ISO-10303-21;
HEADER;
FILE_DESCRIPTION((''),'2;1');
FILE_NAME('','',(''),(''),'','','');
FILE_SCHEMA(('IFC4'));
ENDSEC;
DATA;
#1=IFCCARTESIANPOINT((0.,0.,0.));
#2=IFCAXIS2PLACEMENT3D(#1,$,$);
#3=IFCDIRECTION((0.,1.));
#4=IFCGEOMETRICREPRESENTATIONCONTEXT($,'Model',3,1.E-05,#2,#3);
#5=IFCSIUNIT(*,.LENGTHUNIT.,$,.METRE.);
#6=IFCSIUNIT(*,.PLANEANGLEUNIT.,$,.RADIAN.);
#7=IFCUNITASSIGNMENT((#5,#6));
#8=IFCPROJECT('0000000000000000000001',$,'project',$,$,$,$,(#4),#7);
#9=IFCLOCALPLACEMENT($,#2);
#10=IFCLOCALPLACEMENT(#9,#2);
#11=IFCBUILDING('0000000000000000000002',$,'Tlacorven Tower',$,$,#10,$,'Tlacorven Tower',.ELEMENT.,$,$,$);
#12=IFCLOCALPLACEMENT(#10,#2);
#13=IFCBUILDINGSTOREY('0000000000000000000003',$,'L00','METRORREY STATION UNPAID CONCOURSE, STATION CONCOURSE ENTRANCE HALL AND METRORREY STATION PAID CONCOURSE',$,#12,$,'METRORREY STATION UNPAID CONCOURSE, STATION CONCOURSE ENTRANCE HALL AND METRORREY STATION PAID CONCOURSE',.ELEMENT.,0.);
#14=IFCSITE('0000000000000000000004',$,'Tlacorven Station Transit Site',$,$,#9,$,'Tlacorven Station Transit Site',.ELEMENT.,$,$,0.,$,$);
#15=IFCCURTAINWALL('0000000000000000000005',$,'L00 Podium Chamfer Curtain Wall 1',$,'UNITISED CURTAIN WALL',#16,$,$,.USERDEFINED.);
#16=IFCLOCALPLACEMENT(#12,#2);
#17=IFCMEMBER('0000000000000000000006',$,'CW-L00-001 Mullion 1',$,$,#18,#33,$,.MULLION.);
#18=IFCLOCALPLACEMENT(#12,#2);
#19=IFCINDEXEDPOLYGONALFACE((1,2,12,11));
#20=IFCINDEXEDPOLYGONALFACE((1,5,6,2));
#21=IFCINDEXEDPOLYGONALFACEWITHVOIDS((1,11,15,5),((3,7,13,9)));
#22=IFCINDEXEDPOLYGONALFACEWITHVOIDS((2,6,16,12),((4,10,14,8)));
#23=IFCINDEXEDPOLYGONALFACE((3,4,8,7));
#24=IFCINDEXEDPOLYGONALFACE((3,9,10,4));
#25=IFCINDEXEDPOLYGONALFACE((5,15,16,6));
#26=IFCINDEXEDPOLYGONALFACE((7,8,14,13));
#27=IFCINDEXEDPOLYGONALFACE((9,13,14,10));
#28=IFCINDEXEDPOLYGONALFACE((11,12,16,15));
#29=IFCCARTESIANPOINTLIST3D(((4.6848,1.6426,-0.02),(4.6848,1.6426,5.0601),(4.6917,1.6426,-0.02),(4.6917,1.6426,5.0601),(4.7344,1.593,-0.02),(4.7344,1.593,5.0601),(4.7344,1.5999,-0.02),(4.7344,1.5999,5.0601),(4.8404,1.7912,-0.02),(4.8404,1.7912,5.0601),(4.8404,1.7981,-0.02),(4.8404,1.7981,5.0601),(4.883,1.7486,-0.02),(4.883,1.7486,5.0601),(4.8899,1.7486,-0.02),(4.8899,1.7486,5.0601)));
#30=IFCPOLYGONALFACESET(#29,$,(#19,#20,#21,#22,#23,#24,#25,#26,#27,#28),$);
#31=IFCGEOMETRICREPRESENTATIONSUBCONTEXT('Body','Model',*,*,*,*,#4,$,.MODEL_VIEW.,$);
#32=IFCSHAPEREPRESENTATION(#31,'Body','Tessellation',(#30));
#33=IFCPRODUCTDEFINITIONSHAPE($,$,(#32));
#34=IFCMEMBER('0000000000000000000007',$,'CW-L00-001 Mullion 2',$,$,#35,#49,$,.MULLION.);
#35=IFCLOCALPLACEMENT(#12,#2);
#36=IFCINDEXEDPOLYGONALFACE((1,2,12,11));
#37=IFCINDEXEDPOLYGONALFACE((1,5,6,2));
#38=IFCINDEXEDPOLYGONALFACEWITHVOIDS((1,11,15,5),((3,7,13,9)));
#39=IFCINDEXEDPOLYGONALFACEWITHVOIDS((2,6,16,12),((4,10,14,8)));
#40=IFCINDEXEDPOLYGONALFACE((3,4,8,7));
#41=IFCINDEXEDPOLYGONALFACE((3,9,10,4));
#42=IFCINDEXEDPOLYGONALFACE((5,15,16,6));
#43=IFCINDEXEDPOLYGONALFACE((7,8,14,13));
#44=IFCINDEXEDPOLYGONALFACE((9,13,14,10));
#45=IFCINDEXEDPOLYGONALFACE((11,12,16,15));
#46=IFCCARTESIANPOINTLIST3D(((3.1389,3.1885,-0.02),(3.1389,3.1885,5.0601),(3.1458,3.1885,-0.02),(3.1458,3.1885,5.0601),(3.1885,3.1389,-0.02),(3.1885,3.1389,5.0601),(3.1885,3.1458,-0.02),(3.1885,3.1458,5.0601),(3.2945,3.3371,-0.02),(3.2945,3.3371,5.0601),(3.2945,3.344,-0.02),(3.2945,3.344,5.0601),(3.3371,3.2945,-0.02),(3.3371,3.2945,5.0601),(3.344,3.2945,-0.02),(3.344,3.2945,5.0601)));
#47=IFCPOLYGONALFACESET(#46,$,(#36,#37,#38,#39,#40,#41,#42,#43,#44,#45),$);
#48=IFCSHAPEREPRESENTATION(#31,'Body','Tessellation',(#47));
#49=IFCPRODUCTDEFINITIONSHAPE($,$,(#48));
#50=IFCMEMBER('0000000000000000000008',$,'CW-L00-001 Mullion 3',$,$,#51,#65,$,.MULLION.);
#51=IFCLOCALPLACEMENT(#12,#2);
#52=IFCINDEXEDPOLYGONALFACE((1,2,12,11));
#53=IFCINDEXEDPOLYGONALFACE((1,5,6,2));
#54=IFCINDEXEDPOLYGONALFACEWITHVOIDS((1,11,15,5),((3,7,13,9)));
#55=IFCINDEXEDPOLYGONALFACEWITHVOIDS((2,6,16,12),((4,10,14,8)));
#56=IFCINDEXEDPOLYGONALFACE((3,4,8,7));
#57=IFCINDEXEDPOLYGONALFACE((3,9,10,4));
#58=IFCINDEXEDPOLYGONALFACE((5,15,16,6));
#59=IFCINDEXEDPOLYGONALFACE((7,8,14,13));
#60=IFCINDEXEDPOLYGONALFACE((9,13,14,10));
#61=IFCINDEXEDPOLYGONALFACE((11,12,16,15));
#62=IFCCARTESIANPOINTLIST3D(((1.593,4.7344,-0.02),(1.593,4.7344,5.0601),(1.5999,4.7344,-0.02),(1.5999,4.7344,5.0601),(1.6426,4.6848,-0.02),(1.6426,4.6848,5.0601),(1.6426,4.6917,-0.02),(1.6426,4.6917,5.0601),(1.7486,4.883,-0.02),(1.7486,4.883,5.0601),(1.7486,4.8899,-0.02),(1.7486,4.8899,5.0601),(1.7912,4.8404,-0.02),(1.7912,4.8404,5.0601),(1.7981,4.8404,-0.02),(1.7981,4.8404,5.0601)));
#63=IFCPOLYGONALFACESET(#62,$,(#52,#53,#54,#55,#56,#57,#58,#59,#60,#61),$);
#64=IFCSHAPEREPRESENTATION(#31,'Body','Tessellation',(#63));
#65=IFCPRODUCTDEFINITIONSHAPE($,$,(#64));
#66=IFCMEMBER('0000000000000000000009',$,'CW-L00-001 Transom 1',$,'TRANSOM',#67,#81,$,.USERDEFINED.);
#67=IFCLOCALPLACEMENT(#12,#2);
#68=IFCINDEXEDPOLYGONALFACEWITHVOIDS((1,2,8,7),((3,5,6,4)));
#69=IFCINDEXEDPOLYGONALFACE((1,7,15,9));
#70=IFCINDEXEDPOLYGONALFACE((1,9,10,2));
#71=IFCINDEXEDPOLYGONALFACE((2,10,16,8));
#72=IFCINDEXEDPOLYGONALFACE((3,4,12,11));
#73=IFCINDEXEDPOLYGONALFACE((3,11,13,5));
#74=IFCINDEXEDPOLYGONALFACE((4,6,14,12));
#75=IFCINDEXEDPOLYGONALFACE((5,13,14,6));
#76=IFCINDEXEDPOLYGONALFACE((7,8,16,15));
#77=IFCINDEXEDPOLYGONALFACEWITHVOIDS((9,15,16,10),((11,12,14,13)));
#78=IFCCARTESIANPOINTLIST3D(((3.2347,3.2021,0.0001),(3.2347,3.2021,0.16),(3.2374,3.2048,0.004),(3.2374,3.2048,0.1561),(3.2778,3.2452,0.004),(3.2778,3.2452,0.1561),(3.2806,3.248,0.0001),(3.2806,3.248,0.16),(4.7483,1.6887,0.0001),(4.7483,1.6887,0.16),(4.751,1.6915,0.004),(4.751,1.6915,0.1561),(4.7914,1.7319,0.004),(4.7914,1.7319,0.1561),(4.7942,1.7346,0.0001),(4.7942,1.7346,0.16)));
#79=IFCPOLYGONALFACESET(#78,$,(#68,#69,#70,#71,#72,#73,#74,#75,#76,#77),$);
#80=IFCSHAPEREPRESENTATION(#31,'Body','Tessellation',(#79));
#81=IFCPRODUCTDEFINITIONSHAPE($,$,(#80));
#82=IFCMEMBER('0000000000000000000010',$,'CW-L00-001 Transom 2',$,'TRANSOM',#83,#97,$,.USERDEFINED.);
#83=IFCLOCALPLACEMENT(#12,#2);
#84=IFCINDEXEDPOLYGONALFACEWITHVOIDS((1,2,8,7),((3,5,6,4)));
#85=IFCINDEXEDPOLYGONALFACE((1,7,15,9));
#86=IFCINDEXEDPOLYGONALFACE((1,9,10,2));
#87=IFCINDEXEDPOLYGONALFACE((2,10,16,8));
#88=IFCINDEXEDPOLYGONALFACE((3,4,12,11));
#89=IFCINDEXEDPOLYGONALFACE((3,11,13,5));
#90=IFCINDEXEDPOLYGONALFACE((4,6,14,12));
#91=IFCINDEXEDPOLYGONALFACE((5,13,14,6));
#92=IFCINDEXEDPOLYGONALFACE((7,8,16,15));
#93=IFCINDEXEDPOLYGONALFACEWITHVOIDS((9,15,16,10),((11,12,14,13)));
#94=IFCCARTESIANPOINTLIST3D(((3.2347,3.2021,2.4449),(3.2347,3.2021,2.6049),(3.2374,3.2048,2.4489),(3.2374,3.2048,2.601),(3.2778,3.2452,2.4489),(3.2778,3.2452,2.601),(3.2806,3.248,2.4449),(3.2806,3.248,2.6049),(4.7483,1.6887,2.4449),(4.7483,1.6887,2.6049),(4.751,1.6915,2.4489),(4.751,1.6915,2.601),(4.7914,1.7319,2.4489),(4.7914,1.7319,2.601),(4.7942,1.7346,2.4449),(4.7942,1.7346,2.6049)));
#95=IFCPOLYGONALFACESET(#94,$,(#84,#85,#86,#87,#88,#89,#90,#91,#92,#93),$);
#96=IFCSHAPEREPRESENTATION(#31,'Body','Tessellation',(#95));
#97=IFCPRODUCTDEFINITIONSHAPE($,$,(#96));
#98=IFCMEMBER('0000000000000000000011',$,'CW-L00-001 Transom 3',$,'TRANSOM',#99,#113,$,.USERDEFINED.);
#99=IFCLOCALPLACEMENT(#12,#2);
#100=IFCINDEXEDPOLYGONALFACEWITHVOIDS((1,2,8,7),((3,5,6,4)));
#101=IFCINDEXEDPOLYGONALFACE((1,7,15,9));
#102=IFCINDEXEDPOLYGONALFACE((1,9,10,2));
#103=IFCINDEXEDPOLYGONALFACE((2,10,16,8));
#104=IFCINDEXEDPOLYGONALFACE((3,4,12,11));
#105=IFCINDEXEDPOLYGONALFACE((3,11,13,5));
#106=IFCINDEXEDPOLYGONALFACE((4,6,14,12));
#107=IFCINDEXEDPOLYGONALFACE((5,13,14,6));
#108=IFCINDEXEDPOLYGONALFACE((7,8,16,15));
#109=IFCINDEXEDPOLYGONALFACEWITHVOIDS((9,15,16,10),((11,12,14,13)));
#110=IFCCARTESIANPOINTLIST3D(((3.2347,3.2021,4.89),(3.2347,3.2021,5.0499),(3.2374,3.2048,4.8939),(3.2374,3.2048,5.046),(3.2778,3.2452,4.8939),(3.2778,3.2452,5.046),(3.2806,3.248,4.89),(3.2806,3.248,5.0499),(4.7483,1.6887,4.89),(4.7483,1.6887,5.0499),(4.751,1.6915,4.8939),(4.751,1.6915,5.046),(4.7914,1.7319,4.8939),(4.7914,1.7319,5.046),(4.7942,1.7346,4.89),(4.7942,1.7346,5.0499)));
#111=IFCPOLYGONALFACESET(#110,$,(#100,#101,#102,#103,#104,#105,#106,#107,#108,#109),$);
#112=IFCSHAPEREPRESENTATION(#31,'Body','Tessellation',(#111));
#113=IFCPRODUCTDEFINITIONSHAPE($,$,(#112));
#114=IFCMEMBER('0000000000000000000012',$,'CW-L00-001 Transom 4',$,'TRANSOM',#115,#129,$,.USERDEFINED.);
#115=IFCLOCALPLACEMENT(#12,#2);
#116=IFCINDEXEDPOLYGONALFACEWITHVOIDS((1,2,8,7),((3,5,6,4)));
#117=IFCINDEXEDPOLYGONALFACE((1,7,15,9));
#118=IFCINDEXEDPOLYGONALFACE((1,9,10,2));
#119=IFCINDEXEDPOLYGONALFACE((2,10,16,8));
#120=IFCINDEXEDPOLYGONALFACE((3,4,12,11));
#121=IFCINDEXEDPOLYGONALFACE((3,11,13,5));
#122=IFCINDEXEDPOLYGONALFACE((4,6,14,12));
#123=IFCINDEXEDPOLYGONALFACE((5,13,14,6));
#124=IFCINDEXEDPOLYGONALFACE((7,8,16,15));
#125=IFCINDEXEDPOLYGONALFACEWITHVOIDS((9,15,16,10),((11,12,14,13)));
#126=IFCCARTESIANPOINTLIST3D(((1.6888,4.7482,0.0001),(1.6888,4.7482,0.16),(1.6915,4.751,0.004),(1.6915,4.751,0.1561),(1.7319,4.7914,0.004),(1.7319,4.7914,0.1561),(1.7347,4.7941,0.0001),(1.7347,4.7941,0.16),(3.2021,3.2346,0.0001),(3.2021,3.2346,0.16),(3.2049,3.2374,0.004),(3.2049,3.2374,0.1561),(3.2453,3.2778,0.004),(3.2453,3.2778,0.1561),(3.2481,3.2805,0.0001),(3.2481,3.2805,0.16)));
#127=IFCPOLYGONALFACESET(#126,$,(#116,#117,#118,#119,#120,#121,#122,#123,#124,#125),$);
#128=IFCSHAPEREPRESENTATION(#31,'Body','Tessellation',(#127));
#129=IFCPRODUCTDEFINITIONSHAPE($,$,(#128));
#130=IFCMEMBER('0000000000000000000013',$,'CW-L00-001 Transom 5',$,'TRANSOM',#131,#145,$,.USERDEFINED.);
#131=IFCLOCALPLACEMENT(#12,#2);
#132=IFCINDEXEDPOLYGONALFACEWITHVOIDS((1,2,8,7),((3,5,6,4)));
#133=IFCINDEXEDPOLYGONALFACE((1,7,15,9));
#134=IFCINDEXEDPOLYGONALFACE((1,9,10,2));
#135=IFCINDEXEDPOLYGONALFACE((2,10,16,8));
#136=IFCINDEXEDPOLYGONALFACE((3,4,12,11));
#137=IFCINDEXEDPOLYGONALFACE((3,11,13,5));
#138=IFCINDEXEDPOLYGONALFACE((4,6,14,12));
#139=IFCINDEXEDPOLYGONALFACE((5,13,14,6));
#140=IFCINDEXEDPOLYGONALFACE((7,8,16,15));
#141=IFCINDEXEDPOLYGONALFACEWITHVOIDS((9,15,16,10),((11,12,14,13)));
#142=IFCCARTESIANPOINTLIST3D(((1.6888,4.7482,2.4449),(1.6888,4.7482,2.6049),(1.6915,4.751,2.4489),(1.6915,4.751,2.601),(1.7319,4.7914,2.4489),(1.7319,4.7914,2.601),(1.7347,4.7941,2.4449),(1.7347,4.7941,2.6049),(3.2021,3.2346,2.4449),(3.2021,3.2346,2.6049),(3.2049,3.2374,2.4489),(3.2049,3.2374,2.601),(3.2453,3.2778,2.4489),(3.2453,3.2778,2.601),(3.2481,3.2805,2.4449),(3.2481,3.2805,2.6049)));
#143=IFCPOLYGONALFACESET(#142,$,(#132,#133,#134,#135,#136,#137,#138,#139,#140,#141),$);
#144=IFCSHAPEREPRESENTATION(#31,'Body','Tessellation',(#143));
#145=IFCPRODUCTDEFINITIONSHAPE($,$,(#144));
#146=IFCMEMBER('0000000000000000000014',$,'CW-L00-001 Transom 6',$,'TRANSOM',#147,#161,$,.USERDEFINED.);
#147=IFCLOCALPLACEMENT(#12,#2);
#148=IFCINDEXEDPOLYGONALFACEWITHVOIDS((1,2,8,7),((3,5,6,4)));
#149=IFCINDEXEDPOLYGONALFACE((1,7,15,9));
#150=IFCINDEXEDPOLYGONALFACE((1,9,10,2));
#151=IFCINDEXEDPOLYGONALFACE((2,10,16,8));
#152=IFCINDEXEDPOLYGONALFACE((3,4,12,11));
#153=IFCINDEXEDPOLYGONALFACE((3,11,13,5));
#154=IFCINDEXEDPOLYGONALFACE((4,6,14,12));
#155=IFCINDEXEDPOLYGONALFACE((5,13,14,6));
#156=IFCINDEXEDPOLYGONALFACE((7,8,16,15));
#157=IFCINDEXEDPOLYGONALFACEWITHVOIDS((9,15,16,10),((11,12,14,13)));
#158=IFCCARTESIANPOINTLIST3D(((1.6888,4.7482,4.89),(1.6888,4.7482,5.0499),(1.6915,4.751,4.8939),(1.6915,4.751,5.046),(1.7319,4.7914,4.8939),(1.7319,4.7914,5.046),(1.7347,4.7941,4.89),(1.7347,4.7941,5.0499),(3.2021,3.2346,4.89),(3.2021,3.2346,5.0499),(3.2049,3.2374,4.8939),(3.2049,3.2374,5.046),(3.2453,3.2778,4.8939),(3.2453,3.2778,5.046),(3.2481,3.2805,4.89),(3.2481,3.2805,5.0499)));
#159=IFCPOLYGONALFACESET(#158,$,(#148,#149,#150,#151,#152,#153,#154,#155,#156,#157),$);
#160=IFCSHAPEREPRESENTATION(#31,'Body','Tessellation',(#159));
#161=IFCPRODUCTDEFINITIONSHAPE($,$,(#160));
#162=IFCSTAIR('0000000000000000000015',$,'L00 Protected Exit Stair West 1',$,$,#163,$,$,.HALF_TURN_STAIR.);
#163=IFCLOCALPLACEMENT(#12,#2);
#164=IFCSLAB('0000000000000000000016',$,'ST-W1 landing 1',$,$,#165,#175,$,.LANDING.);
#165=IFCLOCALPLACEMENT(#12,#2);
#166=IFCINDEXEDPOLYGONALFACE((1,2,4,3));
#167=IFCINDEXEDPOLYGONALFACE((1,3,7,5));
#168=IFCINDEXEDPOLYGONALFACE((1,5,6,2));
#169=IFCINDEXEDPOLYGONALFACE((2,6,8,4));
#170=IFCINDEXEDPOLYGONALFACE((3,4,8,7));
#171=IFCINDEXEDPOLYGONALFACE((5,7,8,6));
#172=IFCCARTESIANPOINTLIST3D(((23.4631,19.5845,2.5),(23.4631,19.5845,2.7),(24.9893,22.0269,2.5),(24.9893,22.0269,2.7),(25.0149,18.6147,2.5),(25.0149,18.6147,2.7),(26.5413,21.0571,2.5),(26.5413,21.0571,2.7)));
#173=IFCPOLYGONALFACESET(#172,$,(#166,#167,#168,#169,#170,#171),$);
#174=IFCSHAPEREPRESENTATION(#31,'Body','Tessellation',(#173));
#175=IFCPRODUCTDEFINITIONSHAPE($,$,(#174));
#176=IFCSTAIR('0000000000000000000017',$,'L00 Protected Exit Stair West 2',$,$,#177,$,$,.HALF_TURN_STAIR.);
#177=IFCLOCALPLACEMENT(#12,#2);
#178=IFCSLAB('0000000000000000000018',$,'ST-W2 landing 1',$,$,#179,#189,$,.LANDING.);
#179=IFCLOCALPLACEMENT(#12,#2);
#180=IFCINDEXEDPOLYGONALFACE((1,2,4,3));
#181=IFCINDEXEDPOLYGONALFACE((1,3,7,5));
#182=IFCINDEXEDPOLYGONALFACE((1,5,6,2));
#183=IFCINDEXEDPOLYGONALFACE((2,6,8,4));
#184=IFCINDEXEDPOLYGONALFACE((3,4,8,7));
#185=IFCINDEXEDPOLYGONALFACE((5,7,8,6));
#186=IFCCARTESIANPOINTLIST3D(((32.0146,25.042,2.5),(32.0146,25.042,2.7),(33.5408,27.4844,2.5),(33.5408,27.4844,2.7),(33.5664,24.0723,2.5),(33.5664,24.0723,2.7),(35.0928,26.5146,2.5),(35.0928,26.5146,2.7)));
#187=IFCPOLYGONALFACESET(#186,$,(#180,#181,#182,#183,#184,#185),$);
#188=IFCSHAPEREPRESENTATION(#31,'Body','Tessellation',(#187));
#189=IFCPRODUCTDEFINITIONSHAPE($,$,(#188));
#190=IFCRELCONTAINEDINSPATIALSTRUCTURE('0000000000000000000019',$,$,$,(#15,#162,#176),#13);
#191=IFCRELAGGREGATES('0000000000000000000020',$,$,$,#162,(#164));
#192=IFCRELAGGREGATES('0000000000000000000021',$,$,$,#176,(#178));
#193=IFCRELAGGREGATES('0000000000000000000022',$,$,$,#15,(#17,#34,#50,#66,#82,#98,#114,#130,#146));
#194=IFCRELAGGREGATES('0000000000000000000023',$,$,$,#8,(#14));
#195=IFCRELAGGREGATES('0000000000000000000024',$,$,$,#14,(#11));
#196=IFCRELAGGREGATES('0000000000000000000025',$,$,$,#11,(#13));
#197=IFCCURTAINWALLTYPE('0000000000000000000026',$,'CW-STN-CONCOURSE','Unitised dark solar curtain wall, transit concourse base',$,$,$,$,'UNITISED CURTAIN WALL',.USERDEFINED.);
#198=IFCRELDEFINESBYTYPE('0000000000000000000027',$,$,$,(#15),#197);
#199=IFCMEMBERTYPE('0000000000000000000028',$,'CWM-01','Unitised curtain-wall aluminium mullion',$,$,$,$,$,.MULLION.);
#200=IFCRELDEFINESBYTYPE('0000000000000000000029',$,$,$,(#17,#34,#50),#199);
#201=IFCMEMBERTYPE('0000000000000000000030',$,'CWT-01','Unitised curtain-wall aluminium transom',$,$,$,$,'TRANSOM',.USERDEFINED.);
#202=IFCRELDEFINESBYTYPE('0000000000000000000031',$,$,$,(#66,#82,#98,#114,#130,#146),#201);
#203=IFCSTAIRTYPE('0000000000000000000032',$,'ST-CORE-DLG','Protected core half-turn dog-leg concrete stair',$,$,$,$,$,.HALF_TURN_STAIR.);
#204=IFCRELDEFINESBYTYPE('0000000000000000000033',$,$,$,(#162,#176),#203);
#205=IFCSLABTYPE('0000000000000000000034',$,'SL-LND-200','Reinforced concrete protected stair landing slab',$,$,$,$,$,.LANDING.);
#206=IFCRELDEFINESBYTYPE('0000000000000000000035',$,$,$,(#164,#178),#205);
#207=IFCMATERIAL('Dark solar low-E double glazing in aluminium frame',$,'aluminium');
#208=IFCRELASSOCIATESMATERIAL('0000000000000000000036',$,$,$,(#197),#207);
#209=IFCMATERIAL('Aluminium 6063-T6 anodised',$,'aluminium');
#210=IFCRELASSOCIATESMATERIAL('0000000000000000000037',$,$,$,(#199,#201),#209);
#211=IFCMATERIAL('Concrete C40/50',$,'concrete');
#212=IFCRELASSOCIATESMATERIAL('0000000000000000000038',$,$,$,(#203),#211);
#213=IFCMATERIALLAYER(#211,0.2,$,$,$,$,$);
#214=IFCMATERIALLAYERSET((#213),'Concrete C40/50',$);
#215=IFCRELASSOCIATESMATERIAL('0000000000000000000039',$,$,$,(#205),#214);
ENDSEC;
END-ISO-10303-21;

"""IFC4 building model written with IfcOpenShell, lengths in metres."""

from ifc_helpers import new_model, si_unit, direction, frame, origin, origin_2d, place, context, subcontext, project, spatial, polyline, hollow_rectangle, outline, extrude, source, transform, mapped, material, layer, layer_set, material_profile, profile_set, type_object, element, aggregate, save


model = new_model("IFC4")

# Units and contexts
model_context = context("Model", 3, precision=1e-05, world=origin(), true_north=direction((0.0, 1.0)))
body_context = subcontext(model_context, "Body", "Model", "MODEL_VIEW")
ifc_project = project(units=[si_unit("LENGTHUNIT", "METRE"), si_unit("PLANEANGLEUNIT", "RADIAN")], contexts=[model_context])

# Site, building, storey
site_placement = place(None, origin())
site = spatial("IfcSite", under=ifc_project, at=site_placement, Name="Tlacorven Station Transit Site", LongName="Tlacorven Station Transit Site", CompositionType="ELEMENT", RefElevation=0.0)
building_placement = place(site_placement, origin())
building = spatial("IfcBuilding", under=site, at=building_placement, Name="Tlacorven Tower", LongName="Tlacorven Tower", CompositionType="ELEMENT")
storey_placement = place(building_placement, origin())
storey = spatial("IfcBuildingStorey", under=building, at=storey_placement, Name="L00", Description="METRORREY STATION UNPAID CONCOURSE, STATION CONCOURSE ENTRANCE HALL AND METRORREY STATION PAID CONCOURSE", LongName="METRORREY STATION UNPAID CONCOURSE, STATION CONCOURSE ENTRANCE HALL AND METRORREY STATION PAID CONCOURSE", CompositionType="ELEMENT", Elevation=0.0)

# Curtain wall, members
ifc_material_1 = material(Name="Dark solar low-E double glazing in aluminium frame", Category="aluminium")
curtain_wall_type = type_object("IfcCurtainWallType", Name="CW-STN-CONCOURSE", Description="Unitised dark solar curtain wall, transit concourse base", ElementType="UNITISED CURTAIN WALL", PredefinedType="USERDEFINED", material=ifc_material_1)
curtain_wall_placement = place(storey_placement, origin())
curtain_wall = element("IfcCurtainWall", 1, at=curtain_wall_placement, inside=storey, type_object=curtain_wall_type, Name="L00 Podium Chamfer Curtain Wall 1", ObjectType="UNITISED CURTAIN WALL", PredefinedType="USERDEFINED")
ifc_material_2 = material(Name="Aluminium 6063-T6 anodised", Category="aluminium")
ifc_material_profile_1 = material_profile(ifc_material_2, hollow_rectangle(XDim=0.0701, YDim=0.22, WallThickness=0.0049, at=origin_2d()), Name="ALU MULLION 70X220")
ifc_profile_set_1 = profile_set([ifc_material_profile_1], Name="Aluminium 6063-T6 anodised")
member_type_1 = type_object("IfcMemberType", Name="CWM-01", Description="Unitised curtain-wall aluminium mullion", PredefinedType="MULLION", material=ifc_profile_set_1)
shared_shape_1 = source(origin(), body_context, "Body", "SweptSolid", [
    extrude(hollow_rectangle(XDim=0.0701, YDim=0.22, WallThickness=0.0049, at=origin_2d()), origin(), (0.0, 0.0, 1.0), 5.0801),
])
member_1_placement = place(storey_placement, frame((4.7874, 1.6956, -0.02), z_axis=(0.0, 0.0, 1.0), x_axis=(-0.707107, 0.707107, 0.0)))
member_1 = element("IfcMember", 2, at=member_1_placement, type_object=member_type_1, Name="CW-L00-001 Mullion 1", PredefinedType="MULLION", context=body_context, shape_type="MappedRepresentation", body=[
    mapped(shared_shape_1, transform((0.0, 0.0, 0.0), scale=1.0)),
])
member_2_placement = place(storey_placement, frame((3.2415, 3.2415, -0.02), z_axis=(0.0, 0.0, 1.0), x_axis=(-0.707107, 0.707107, 0.0)))
member_2 = element("IfcMember", 3, at=member_2_placement, type_object=member_type_1, Name="CW-L00-001 Mullion 2", PredefinedType="MULLION", context=body_context, shape_type="MappedRepresentation", body=[
    mapped(shared_shape_1, transform((0.0, 0.0, 0.0), scale=1.0)),
])
member_3_placement = place(storey_placement, frame((1.6956, 4.7874, -0.02), z_axis=(0.0, 0.0, 1.0), x_axis=(-0.707107, 0.707107, 0.0)))
member_3 = element("IfcMember", 4, at=member_3_placement, type_object=member_type_1, Name="CW-L00-001 Mullion 3", PredefinedType="MULLION", context=body_context, shape_type="MappedRepresentation", body=[
    mapped(shared_shape_1, transform((0.0, 0.0, 0.0), scale=1.0)),
])
ifc_material_profile_2 = material_profile(ifc_material_2, hollow_rectangle(XDim=0.0649, YDim=0.1599, WallThickness=0.0039, at=origin_2d()), Name="ALU TRANSOM 65X160")
ifc_profile_set_2 = profile_set([ifc_material_profile_2], Name="Aluminium 6063-T6 anodised")
member_type_2 = type_object("IfcMemberType", Name="CWT-01", Description="Unitised curtain-wall aluminium transom", ElementType="TRANSOM", PredefinedType="USERDEFINED", material=ifc_profile_set_2)
shared_shape_2 = source(origin(), body_context, "Body", "SweptSolid", [
    extrude(hollow_rectangle(XDim=0.0649, YDim=0.1599, WallThickness=0.0039, at=origin_2d()), origin(), (0.0, 0.0, 1.0), 2.1404),
])
member_4_placement = place(storey_placement, frame((4.7712, 1.7117, 0.0801), z_axis=(-0.707164, 0.70705, 0.0), x_axis=(-0.70705, -0.707164, 0.0)))
member_4 = element("IfcMember", 5, at=member_4_placement, type_object=member_type_2, Name="CW-L00-001 Transom 1", ObjectType="TRANSOM", PredefinedType="USERDEFINED", context=body_context, shape_type="MappedRepresentation", body=[
    mapped(shared_shape_2, transform((0.0, 0.0, 0.0), scale=1.0)),
])
member_5_placement = place(storey_placement, frame((4.7712, 1.7117, 2.5249), z_axis=(-0.707164, 0.70705, 0.0), x_axis=(-0.70705, -0.707164, 0.0)))
member_5 = element("IfcMember", 6, at=member_5_placement, type_object=member_type_2, Name="CW-L00-001 Transom 2", ObjectType="TRANSOM", PredefinedType="USERDEFINED", context=body_context, shape_type="MappedRepresentation", body=[
    mapped(shared_shape_2, transform((0.0, 0.0, 0.0), scale=1.0)),
])
member_6_placement = place(storey_placement, frame((4.7712, 1.7117, 4.97), z_axis=(-0.707164, 0.70705, 0.0), x_axis=(-0.70705, -0.707164, 0.0)))
member_6 = element("IfcMember", 7, at=member_6_placement, type_object=member_type_2, Name="CW-L00-001 Transom 3", ObjectType="TRANSOM", PredefinedType="USERDEFINED", context=body_context, shape_type="MappedRepresentation", body=[
    mapped(shared_shape_2, transform((0.0, 0.0, 0.0), scale=1.0)),
])
member_7_placement = place(storey_placement, frame((3.2251, 3.2576, 0.0801), z_axis=(-0.70705, 0.707164, 0.0), x_axis=(-0.707164, -0.70705, 0.0)))
member_7 = element("IfcMember", 8, at=member_7_placement, type_object=member_type_2, Name="CW-L00-001 Transom 4", ObjectType="TRANSOM", PredefinedType="USERDEFINED", context=body_context, shape_type="MappedRepresentation", body=[
    mapped(shared_shape_2, transform((0.0, 0.0, 0.0), scale=1.0)),
])
member_8_placement = place(storey_placement, frame((3.2251, 3.2576, 2.5249), z_axis=(-0.70705, 0.707164, 0.0), x_axis=(-0.707164, -0.70705, 0.0)))
member_8 = element("IfcMember", 9, at=member_8_placement, type_object=member_type_2, Name="CW-L00-001 Transom 5", ObjectType="TRANSOM", PredefinedType="USERDEFINED", context=body_context, shape_type="MappedRepresentation", body=[
    mapped(shared_shape_2, transform((0.0, 0.0, 0.0), scale=1.0)),
])
member_9_placement = place(storey_placement, frame((3.2251, 3.2576, 4.97), z_axis=(-0.70705, 0.707164, 0.0), x_axis=(-0.707164, -0.70705, 0.0)))
member_9 = element("IfcMember", 10, at=member_9_placement, type_object=member_type_2, Name="CW-L00-001 Transom 6", ObjectType="TRANSOM", PredefinedType="USERDEFINED", context=body_context, shape_type="MappedRepresentation", body=[
    mapped(shared_shape_2, transform((0.0, 0.0, 0.0), scale=1.0)),
])

# Stairs, slabs
ifc_material_3 = material(Name="Concrete C40/50", Category="concrete")
stair_type_1 = type_object("IfcStairType", Name="ST-CORE-DLG", Description="Protected core half-turn dog-leg concrete stair", PredefinedType="HALF_TURN_STAIR", material=ifc_material_3)
stair_1_placement = place(storey_placement, origin())
stair_1 = element("IfcStair", 11, at=stair_1_placement, inside=storey, type_object=stair_type_1, Name="L00 Protected Exit Stair West 1", PredefinedType="HALF_TURN_STAIR")
ifc_layer_1 = layer(ifc_material_3, 0.2)
ifc_layer_set_1 = layer_set([ifc_layer_1], Name="Concrete C40/50")
slab_type = type_object("IfcSlabType", Name="SL-LND-200", Description="Reinforced concrete protected stair landing slab", PredefinedType="LANDING", material=ifc_layer_set_1)
slab_1_placement = place(storey_placement, frame((0.0, 0.0, 2.5)))
slab_1 = element("IfcSlab", 12, at=slab_1_placement, type_object=slab_type, Name="ST-W1 landing 1", PredefinedType="LANDING", context=body_context, shape_type="SweptSolid", body=[
    extrude(outline(polyline([(26.5413, 21.0571), (24.9893, 22.0269), (23.4631, 19.5845), (25.0149, 18.6147), (26.5413, 21.0571)])), origin(), (0.0, 0.0, 1.0), 0.2),
])
aggregate(stair_1, [slab_1])
stair_2_placement = place(storey_placement, origin())
stair_2 = element("IfcStair", 13, at=stair_2_placement, inside=storey, type_object=stair_type_1, Name="L00 Protected Exit Stair West 2", PredefinedType="HALF_TURN_STAIR")
slab_2_placement = place(storey_placement, frame((0.0, 0.0, 2.5)))
slab_2 = element("IfcSlab", 14, at=slab_2_placement, type_object=slab_type, Name="ST-W2 landing 1", PredefinedType="LANDING", context=body_context, shape_type="SweptSolid", body=[
    extrude(outline(polyline([(35.0928, 26.5146), (33.5408, 27.4844), (32.0146, 25.042), (33.5664, 24.0723), (35.0928, 26.5146)])), origin(), (0.0, 0.0, 1.0), 0.2),
])
aggregate(stair_2, [slab_2])

aggregate(curtain_wall, [member_1, member_2, member_3, member_4, member_5, member_6, member_7, member_8, member_9])

save(model, "model.ifc")
